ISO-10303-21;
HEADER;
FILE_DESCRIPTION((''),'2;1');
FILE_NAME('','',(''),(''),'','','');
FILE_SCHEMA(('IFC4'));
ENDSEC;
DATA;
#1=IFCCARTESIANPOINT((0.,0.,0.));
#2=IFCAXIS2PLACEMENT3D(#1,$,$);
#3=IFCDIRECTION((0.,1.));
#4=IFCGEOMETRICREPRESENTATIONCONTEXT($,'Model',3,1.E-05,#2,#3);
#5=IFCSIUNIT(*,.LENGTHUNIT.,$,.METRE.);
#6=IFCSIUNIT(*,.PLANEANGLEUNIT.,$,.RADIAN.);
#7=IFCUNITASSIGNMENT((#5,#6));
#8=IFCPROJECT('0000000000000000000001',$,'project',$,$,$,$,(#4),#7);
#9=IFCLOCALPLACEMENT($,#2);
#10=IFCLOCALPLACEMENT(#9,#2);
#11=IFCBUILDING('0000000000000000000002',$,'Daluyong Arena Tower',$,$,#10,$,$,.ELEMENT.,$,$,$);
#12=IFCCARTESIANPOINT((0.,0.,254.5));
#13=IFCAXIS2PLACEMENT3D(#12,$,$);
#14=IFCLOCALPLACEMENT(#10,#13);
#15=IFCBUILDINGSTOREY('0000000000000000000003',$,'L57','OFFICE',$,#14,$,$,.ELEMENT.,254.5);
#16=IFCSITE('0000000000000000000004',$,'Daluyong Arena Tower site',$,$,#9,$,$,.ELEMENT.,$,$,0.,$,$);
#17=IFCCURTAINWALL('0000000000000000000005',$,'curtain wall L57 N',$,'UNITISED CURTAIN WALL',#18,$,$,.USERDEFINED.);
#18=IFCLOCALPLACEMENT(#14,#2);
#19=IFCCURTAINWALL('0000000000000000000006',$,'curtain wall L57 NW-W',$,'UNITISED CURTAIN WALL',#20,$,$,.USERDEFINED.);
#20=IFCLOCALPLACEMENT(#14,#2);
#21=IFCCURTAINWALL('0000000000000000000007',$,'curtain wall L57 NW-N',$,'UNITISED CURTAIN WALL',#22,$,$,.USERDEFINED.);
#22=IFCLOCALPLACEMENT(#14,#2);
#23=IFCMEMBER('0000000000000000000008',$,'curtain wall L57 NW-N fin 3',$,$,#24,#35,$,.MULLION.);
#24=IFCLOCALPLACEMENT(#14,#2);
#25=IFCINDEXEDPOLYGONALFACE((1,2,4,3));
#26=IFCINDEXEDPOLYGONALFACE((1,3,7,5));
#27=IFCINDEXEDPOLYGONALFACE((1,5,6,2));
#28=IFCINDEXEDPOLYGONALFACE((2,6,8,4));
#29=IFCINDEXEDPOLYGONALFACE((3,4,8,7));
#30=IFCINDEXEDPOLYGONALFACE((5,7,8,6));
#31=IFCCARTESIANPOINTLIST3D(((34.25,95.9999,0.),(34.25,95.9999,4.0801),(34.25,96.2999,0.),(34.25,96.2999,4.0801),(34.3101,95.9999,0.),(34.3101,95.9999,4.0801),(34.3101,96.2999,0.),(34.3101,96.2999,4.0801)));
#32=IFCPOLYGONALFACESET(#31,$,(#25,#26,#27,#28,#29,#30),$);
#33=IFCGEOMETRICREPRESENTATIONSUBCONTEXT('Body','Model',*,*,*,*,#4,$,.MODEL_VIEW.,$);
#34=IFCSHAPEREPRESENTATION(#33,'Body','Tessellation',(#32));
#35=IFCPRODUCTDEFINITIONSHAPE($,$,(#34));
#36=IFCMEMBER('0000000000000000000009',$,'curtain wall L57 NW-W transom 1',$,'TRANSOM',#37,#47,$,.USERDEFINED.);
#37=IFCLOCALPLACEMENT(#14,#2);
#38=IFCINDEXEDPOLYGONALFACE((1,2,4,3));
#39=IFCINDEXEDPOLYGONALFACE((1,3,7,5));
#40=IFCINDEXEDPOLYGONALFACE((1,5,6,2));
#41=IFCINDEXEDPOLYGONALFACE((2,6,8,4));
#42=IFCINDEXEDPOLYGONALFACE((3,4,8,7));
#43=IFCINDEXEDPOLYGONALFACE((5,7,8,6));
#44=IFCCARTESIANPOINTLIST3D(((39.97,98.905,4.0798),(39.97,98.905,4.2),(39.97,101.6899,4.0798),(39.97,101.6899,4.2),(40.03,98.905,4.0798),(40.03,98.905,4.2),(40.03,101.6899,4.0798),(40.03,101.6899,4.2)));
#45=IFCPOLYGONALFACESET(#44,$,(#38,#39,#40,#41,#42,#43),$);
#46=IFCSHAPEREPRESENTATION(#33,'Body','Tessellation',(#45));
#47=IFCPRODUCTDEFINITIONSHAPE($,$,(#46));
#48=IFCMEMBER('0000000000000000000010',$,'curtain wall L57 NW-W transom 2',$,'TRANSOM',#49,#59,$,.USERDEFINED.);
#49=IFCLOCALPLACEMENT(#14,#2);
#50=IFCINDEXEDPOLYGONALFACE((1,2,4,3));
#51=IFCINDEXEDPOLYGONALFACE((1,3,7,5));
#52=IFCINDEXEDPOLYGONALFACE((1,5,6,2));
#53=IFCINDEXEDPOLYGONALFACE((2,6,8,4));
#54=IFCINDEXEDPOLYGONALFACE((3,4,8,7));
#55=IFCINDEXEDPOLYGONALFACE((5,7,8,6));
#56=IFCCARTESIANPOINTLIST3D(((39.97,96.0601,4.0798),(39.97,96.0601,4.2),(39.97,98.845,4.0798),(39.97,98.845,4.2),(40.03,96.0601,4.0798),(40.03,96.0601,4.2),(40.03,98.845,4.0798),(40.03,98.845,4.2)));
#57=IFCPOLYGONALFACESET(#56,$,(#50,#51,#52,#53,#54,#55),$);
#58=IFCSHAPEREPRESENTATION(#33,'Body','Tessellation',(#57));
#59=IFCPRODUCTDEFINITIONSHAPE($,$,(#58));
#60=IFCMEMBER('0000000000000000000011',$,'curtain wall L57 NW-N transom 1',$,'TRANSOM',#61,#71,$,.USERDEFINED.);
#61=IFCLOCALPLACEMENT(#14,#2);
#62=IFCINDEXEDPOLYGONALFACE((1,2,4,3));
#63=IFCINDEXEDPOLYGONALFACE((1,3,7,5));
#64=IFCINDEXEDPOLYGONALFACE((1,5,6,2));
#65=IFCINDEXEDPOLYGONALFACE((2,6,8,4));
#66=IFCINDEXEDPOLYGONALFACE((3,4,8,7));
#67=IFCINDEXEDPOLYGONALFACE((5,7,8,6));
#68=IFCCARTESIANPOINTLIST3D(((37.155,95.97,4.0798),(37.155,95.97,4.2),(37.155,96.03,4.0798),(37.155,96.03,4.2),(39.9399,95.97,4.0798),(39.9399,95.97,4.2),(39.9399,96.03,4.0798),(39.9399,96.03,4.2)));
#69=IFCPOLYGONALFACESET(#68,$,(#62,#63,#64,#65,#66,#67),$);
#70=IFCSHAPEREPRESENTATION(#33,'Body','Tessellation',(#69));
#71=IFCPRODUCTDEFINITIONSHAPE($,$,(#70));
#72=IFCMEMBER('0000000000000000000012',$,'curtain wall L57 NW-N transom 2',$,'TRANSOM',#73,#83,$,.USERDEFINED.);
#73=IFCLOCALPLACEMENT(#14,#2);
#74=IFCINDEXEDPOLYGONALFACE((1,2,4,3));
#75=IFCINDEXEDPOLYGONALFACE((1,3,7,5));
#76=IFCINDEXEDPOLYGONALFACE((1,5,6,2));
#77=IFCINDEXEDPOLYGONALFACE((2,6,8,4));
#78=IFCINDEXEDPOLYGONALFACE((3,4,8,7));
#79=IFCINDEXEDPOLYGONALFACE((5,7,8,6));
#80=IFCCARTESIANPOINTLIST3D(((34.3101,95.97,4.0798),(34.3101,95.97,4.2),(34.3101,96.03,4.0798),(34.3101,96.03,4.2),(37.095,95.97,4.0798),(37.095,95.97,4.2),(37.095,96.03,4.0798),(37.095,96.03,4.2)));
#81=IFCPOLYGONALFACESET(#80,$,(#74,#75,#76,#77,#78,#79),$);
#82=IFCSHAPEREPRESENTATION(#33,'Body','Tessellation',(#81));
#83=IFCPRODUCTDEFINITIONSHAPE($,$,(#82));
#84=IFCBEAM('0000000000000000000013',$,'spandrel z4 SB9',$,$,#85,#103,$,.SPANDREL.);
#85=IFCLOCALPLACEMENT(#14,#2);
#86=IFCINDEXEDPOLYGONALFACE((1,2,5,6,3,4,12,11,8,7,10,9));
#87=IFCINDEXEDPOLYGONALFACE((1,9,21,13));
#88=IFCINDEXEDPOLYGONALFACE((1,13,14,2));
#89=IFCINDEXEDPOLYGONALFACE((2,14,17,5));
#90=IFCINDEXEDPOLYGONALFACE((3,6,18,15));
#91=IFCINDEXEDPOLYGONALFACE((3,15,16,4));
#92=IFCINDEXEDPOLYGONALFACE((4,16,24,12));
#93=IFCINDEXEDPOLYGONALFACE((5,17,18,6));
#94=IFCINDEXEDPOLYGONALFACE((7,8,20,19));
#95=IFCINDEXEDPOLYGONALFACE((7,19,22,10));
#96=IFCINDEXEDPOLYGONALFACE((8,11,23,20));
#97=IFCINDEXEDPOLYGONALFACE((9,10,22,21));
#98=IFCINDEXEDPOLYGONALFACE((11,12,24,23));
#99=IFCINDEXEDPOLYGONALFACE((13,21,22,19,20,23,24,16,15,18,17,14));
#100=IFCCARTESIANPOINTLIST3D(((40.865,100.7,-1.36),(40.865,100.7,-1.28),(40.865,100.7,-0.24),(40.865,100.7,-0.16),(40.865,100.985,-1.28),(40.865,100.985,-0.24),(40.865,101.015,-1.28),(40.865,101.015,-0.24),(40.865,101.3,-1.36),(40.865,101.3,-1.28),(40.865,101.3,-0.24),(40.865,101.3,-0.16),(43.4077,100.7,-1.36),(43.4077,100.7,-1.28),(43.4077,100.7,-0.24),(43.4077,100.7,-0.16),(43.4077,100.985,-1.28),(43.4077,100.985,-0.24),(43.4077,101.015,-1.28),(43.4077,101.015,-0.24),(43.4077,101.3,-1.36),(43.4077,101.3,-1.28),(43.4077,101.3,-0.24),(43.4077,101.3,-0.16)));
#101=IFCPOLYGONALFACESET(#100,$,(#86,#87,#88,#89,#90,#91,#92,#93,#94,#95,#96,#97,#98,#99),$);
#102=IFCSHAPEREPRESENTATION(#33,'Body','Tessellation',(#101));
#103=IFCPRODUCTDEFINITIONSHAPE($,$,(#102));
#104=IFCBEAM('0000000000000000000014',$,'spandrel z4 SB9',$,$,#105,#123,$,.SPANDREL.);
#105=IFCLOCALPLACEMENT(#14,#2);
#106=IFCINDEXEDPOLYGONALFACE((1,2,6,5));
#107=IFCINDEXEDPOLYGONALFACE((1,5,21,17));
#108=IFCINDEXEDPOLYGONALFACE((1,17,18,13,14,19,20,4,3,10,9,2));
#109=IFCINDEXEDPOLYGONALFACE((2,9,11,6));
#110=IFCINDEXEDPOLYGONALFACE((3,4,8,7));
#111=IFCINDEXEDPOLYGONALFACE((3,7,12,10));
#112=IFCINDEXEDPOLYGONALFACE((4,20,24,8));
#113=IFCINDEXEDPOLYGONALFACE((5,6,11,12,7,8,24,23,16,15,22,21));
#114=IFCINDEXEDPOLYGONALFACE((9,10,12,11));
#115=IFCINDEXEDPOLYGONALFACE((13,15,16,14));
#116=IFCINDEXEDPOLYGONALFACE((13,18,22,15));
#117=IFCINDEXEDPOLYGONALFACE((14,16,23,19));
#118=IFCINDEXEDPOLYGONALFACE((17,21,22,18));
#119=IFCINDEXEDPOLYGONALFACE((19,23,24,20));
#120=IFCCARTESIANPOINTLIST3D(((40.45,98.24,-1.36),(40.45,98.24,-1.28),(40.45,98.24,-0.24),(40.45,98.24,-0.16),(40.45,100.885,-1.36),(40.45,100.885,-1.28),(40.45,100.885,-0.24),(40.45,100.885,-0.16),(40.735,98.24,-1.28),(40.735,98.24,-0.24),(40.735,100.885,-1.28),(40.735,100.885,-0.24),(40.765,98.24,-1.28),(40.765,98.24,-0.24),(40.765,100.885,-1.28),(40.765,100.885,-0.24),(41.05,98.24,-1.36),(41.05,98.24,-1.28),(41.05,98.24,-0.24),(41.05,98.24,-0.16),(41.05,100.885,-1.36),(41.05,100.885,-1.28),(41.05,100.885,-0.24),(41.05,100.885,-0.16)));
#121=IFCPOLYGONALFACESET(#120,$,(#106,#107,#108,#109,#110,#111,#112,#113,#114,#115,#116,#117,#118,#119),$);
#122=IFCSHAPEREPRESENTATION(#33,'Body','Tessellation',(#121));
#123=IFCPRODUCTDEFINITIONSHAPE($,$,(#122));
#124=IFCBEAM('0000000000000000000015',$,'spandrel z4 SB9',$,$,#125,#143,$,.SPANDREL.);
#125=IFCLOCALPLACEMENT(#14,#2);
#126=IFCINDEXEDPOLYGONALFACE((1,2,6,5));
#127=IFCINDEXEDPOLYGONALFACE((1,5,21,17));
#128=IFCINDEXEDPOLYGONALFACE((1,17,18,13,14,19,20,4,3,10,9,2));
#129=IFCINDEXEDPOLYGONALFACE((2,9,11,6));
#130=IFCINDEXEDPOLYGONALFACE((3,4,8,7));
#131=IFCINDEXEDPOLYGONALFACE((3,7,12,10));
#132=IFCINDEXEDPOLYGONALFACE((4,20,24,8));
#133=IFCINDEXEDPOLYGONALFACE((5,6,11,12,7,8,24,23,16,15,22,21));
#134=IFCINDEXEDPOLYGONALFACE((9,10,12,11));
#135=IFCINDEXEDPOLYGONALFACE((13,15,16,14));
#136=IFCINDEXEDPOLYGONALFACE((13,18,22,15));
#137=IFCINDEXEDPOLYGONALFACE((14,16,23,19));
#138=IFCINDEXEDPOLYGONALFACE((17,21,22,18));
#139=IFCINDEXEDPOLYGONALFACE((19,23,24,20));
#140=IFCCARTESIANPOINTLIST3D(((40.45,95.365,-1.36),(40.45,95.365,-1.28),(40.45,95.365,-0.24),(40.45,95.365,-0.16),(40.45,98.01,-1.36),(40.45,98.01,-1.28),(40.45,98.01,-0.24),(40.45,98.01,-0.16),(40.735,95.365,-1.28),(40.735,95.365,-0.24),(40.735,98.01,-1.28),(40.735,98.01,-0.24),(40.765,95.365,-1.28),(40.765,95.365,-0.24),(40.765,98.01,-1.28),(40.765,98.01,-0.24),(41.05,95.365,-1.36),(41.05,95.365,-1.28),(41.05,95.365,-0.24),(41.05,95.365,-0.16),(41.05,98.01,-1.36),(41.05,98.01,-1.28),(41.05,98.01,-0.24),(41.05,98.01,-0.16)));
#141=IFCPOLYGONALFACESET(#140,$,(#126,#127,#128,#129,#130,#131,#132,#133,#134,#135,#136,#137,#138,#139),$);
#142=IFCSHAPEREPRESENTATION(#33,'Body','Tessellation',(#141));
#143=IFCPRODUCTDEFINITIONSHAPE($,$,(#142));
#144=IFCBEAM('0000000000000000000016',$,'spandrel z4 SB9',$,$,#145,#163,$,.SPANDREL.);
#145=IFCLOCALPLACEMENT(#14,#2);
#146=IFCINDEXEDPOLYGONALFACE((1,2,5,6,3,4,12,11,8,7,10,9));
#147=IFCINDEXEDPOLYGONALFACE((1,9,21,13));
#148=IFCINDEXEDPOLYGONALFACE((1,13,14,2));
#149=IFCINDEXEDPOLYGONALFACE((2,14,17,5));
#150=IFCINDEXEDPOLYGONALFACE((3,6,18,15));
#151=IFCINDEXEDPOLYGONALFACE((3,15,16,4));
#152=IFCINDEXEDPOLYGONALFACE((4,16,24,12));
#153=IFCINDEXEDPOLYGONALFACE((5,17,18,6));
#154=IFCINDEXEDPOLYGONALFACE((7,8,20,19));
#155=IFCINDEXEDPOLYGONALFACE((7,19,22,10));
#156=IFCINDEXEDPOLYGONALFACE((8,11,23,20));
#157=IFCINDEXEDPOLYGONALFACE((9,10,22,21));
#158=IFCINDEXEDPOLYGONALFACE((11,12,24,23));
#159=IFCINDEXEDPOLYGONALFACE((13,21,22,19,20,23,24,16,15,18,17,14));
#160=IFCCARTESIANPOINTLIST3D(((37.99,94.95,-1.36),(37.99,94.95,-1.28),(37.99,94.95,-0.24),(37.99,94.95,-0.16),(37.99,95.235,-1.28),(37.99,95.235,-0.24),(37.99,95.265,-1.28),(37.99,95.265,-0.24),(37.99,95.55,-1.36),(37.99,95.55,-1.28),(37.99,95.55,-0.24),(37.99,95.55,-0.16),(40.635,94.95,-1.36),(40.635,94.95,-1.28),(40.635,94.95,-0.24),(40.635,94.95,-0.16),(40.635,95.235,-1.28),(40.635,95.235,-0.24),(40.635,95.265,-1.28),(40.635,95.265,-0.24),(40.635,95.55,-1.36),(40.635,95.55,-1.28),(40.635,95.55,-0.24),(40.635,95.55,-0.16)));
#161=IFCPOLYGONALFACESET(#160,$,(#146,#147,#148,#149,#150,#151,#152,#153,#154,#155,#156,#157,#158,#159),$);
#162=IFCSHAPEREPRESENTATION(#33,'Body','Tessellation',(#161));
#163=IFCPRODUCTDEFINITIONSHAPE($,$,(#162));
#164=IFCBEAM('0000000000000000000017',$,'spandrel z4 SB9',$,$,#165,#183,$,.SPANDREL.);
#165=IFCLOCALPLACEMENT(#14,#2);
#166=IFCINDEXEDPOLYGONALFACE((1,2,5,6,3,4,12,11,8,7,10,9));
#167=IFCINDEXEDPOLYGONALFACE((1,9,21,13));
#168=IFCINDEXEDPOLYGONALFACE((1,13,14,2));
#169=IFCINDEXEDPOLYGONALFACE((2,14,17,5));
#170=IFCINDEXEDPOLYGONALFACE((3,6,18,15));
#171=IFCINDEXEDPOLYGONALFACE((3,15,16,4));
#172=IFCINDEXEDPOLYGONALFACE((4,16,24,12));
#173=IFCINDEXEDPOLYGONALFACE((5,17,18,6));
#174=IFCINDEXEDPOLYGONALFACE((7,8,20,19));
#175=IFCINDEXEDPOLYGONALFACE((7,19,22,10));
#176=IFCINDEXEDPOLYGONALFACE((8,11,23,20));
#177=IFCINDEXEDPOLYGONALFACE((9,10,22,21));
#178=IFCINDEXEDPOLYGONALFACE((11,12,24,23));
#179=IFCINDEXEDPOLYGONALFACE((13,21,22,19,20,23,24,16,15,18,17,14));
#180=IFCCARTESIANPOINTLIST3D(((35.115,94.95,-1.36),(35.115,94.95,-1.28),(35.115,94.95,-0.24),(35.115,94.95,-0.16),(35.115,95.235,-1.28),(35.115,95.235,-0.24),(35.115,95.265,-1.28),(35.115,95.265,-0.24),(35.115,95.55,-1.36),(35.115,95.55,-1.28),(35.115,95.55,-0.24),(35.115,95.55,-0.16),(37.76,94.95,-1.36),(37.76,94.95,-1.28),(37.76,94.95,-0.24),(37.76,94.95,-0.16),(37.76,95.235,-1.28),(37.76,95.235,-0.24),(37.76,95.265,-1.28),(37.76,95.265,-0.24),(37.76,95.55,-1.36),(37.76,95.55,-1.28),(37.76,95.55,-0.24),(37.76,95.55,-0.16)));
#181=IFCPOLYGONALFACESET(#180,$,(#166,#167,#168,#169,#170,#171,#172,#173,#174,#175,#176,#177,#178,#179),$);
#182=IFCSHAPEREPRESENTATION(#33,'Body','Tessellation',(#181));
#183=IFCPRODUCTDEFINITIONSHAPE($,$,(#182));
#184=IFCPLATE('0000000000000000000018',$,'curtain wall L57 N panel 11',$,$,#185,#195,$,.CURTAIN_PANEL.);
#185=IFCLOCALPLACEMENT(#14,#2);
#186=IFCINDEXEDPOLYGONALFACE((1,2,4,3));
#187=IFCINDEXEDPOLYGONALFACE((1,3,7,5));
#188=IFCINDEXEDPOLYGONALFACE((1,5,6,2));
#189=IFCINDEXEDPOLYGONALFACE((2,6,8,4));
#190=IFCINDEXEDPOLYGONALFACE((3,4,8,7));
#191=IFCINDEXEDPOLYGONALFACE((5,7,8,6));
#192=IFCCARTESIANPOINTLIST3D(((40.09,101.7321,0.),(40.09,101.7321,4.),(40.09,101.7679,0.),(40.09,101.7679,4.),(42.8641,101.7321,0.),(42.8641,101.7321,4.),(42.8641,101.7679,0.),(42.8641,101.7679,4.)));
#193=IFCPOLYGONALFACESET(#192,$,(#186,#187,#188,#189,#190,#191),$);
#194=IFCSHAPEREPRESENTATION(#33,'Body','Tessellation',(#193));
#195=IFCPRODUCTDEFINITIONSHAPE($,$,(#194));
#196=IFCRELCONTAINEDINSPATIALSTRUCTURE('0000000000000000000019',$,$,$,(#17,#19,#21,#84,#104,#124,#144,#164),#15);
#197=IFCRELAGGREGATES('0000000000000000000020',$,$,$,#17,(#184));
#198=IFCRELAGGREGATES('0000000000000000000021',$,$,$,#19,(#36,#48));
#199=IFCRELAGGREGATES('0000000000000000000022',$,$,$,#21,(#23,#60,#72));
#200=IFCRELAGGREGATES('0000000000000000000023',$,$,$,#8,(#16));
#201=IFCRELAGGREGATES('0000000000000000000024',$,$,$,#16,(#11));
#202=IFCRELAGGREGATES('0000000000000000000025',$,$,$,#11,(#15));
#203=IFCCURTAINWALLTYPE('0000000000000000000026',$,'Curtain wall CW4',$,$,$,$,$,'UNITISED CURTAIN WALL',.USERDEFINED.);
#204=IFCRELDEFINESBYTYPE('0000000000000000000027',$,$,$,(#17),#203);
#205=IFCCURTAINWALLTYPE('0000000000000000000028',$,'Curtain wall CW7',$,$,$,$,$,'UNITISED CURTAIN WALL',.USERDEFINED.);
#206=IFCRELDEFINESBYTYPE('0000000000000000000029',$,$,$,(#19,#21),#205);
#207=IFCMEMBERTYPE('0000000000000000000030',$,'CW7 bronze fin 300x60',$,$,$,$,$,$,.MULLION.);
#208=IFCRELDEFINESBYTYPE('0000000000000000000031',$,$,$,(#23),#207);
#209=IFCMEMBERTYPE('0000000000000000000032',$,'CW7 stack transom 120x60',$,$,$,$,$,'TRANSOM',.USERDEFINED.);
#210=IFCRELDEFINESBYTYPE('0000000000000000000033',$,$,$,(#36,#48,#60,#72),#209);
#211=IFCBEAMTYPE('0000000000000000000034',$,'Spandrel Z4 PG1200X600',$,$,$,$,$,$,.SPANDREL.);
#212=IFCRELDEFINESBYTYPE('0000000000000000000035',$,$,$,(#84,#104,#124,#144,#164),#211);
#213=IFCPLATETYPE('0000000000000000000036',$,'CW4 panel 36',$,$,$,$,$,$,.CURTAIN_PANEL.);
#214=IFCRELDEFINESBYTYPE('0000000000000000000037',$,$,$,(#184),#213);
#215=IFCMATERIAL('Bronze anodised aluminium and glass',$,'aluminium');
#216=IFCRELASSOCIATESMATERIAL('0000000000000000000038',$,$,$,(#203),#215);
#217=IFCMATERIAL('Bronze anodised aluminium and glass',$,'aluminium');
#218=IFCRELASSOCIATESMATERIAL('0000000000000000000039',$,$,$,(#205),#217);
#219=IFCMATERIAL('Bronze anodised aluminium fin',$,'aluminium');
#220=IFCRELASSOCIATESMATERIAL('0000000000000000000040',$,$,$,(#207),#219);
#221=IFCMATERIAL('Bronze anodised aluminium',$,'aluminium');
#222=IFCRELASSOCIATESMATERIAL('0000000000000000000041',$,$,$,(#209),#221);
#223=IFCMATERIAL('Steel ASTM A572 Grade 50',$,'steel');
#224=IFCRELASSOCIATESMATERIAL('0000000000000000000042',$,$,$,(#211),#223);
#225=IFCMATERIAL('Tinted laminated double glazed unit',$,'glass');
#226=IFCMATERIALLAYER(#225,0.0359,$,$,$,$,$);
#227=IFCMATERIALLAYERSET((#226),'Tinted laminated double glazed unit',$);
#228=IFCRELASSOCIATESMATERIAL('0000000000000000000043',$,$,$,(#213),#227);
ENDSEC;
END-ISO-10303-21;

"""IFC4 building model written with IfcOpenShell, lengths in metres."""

from ifc_helpers import new_model, si_unit, direction, frame, origin, origin_2d, place, context, subcontext, project, spatial, rectangle, i_section, extrude, material, layer, layer_set, material_profile, profile_set, type_object, element, aggregate, save


model = new_model("IFC4")

# Units and contexts
model_context = context("Model", 3, precision=1e-05, world=origin(), true_north=direction((0.0, 1.0)))
body_context = subcontext(model_context, "Body", "Model", "MODEL_VIEW")
ifc_project = project(units=[si_unit("LENGTHUNIT", "METRE"), si_unit("PLANEANGLEUNIT", "RADIAN")], contexts=[model_context])

# Site, building, storey
site_placement = place(None, origin())
site = spatial("IfcSite", under=ifc_project, at=site_placement, Name="Daluyong Arena Tower site", CompositionType="ELEMENT", RefElevation=0.0)
building_placement = place(site_placement, origin())
building = spatial("IfcBuilding", under=site, at=building_placement, Name="Daluyong Arena Tower", CompositionType="ELEMENT")
storey_placement = place(building_placement, frame((0.0, 0.0, 254.5)))
storey = spatial("IfcBuildingStorey", under=building, at=storey_placement, Name="L57", Description="OFFICE", CompositionType="ELEMENT", Elevation=254.5)

# Curtain wall
ifc_material_1 = material(Name="Bronze anodised aluminium and glass", Category="aluminium")
curtain_wall_type_1 = type_object("IfcCurtainWallType", Name="Curtain wall CW4", ElementType="UNITISED CURTAIN WALL", PredefinedType="USERDEFINED", material=ifc_material_1)
curtain_wall_1_placement = place(storey_placement, origin())
curtain_wall_1 = element("IfcCurtainWall", 1, at=curtain_wall_1_placement, inside=storey, type_object=curtain_wall_type_1, Name="curtain wall L57 N", ObjectType="UNITISED CURTAIN WALL", PredefinedType="USERDEFINED")

# Curtain walls, member
ifc_material_2 = material(Name="Bronze anodised aluminium and glass", Category="aluminium")
curtain_wall_type_2 = type_object("IfcCurtainWallType", Name="Curtain wall CW7", ElementType="UNITISED CURTAIN WALL", PredefinedType="USERDEFINED", material=ifc_material_2)
curtain_wall_2_placement = place(storey_placement, origin())
curtain_wall_2 = element("IfcCurtainWall", 2, at=curtain_wall_2_placement, inside=storey, type_object=curtain_wall_type_2, Name="curtain wall L57 NW-W", ObjectType="UNITISED CURTAIN WALL", PredefinedType="USERDEFINED")
ifc_material_3 = material(Name="Bronze anodised aluminium fin", Category="aluminium")
ifc_material_profile_1 = material_profile(ifc_material_3, rectangle(XDim=0.3, YDim=0.0601, at=origin_2d()))
ifc_profile_set_1 = profile_set([ifc_material_profile_1], Name="Bronze anodised aluminium fin")
member_type_1 = type_object("IfcMemberType", Name="CW7 bronze fin 300x60", PredefinedType="MULLION", material=ifc_profile_set_1)
curtain_wall_3_placement = place(storey_placement, origin())
curtain_wall_3 = element("IfcCurtainWall", 3, at=curtain_wall_3_placement, inside=storey, type_object=curtain_wall_type_2, Name="curtain wall L57 NW-N", ObjectType="UNITISED CURTAIN WALL", PredefinedType="USERDEFINED")
member_1_placement = place(storey_placement, frame((34.28, 96.1499, 0.0), z_axis=(0.0, 0.0, 1.0), x_axis=(0.0, -1.0, 0.0)))
member_1 = element("IfcMember", 4, at=member_1_placement, type_object=member_type_1, Name="curtain wall L57 NW-N fin 3", PredefinedType="MULLION", context=body_context, shape_type="SweptSolid", body=[
    extrude(rectangle(XDim=0.3, YDim=0.0601, at=origin_2d()), origin(), (0.0, 0.0, 1.0), 4.0801),
])

# Members
ifc_material_4 = material(Name="Bronze anodised aluminium", Category="aluminium")
ifc_material_profile_2 = material_profile(ifc_material_4, rectangle(XDim=0.0601, YDim=0.1201, at=origin_2d()))
ifc_profile_set_2 = profile_set([ifc_material_profile_2], Name="Bronze anodised aluminium")
member_type_2 = type_object("IfcMemberType", Name="CW7 stack transom 120x60", ElementType="TRANSOM", PredefinedType="USERDEFINED", material=ifc_profile_set_2)
member_2_placement = place(storey_placement, frame((40.0, 101.6899, 4.1399), z_axis=(0.0, -1.0, 0.0), x_axis=(1.0, 0.0, 0.0)))
member_2 = element("IfcMember", 5, at=member_2_placement, type_object=member_type_2, Name="curtain wall L57 NW-W transom 1", ObjectType="TRANSOM", PredefinedType="USERDEFINED", context=body_context, shape_type="SweptSolid", body=[
    extrude(rectangle(XDim=0.0601, YDim=0.1201, at=origin_2d()), origin(), (0.0, 0.0, 1.0), 2.7849),
])
member_3_placement = place(storey_placement, frame((40.0, 98.845, 4.1399), z_axis=(0.0, -1.0, 0.0), x_axis=(1.0, 0.0, 0.0)))
member_3 = element("IfcMember", 6, at=member_3_placement, type_object=member_type_2, Name="curtain wall L57 NW-W transom 2", ObjectType="TRANSOM", PredefinedType="USERDEFINED", context=body_context, shape_type="SweptSolid", body=[
    extrude(rectangle(XDim=0.0601, YDim=0.1201, at=origin_2d()), origin(), (0.0, 0.0, 1.0), 2.7849),
])
member_4_placement = place(storey_placement, frame((39.9399, 96.0, 4.1399), z_axis=(-1.0, 0.0, 0.0), x_axis=(0.0, -1.0, 0.0)))
member_4 = element("IfcMember", 7, at=member_4_placement, type_object=member_type_2, Name="curtain wall L57 NW-N transom 1", ObjectType="TRANSOM", PredefinedType="USERDEFINED", context=body_context, shape_type="SweptSolid", body=[
    extrude(rectangle(XDim=0.0601, YDim=0.1201, at=origin_2d()), origin(), (0.0, 0.0, 1.0), 2.7849),
])
member_5_placement = place(storey_placement, frame((37.095, 96.0, 4.1399), z_axis=(-1.0, 0.0, 0.0), x_axis=(0.0, -1.0, 0.0)))
member_5 = element("IfcMember", 8, at=member_5_placement, type_object=member_type_2, Name="curtain wall L57 NW-N transom 2", ObjectType="TRANSOM", PredefinedType="USERDEFINED", context=body_context, shape_type="SweptSolid", body=[
    extrude(rectangle(XDim=0.0601, YDim=0.1201, at=origin_2d()), origin(), (0.0, 0.0, 1.0), 2.7849),
])

# Beams
ifc_material_5 = material(Name="Steel ASTM A572 Grade 50", Category="steel")
ifc_material_profile_3 = material_profile(ifc_material_5, i_section(OverallWidth=0.6001, OverallDepth=1.2, WebThickness=0.03, FlangeThickness=0.08, at=origin_2d()))
ifc_profile_set_3 = profile_set([ifc_material_profile_3], Name="Steel ASTM A572 Grade 50")
beam_type = type_object("IfcBeamType", Name="Spandrel Z4 PG1200X600", PredefinedType="SPANDREL", material=ifc_profile_set_3)
beam_placement = place(storey_placement, frame((43.4077, 101.0, -0.76), z_axis=(-1.0, 0.0, 0.0), x_axis=(0.0, -1.0, 0.0)))
element("IfcBeam", 9, at=beam_placement, inside=storey, type_object=beam_type, Name="spandrel z4 SB9", PredefinedType="SPANDREL", context=body_context, shape_type="SweptSolid", body=[
    extrude(i_section(OverallWidth=0.6001, OverallDepth=1.2, WebThickness=0.03, FlangeThickness=0.08, at=origin_2d()), origin(), (0.0, 0.0, 1.0), 2.5427),
])
for number, where, z_axis, x_axis, name in (
    (10, (40.75, 100.885, -0.76), (0.0, -1.0, 0.0), (1.0, 0.0, 0.0), "spandrel z4 SB9"),
    (11, (40.75, 98.01, -0.76), (0.0, -1.0, 0.0), (1.0, 0.0, 0.0), "spandrel z4 SB9"),
    (12, (40.635, 95.25, -0.76), (-1.0, 0.0, 0.0), (0.0, -1.0, 0.0), "spandrel z4 SB9"),
    (13, (37.76, 95.25, -0.76), (-1.0, 0.0, 0.0), (0.0, -1.0, 0.0), "spandrel z4 SB9"),
):
    element("IfcBeam", number, at=place(storey_placement, frame(where, z_axis=z_axis, x_axis=x_axis)), inside=storey, type_object=beam_type, Name=name, PredefinedType="SPANDREL", context=body_context, shape_type="SweptSolid", body=[
        extrude(i_section(OverallWidth=0.6001, OverallDepth=1.2, WebThickness=0.03, FlangeThickness=0.08, at=origin_2d()), origin(), (0.0, 0.0, 1.0), 2.645),
    ])

# Plate
ifc_material_6 = material(Name="Tinted laminated double glazed unit", Category="glass")
ifc_layer_1 = layer(ifc_material_6, 0.0359)
ifc_layer_set_1 = layer_set([ifc_layer_1], Name="Tinted laminated double glazed unit")
plate_type_1 = type_object("IfcPlateType", Name="CW4 panel 36", PredefinedType="CURTAIN_PANEL", material=ifc_layer_set_1)
plate_1_placement = place(storey_placement, frame((41.4771, 101.75, 0.0), z_axis=(0.0, 0.0, 1.0), x_axis=(-1.0, 0.0, 0.0)))
plate_1 = element("IfcPlate", 14, at=plate_1_placement, type_object=plate_type_1, Name="curtain wall L57 N panel 11", PredefinedType="CURTAIN_PANEL", context=body_context, shape_type="SweptSolid", body=[
    extrude(rectangle(XDim=2.7742, YDim=0.0359, at=origin_2d()), origin(), (0.0, 0.0, 1.0), 4.0),
])
aggregate(curtain_wall_1, [plate_1])
aggregate(curtain_wall_2, [member_2, member_3])
aggregate(curtain_wall_3, [member_1, member_4, member_5])

save(model, "model.ifc")
